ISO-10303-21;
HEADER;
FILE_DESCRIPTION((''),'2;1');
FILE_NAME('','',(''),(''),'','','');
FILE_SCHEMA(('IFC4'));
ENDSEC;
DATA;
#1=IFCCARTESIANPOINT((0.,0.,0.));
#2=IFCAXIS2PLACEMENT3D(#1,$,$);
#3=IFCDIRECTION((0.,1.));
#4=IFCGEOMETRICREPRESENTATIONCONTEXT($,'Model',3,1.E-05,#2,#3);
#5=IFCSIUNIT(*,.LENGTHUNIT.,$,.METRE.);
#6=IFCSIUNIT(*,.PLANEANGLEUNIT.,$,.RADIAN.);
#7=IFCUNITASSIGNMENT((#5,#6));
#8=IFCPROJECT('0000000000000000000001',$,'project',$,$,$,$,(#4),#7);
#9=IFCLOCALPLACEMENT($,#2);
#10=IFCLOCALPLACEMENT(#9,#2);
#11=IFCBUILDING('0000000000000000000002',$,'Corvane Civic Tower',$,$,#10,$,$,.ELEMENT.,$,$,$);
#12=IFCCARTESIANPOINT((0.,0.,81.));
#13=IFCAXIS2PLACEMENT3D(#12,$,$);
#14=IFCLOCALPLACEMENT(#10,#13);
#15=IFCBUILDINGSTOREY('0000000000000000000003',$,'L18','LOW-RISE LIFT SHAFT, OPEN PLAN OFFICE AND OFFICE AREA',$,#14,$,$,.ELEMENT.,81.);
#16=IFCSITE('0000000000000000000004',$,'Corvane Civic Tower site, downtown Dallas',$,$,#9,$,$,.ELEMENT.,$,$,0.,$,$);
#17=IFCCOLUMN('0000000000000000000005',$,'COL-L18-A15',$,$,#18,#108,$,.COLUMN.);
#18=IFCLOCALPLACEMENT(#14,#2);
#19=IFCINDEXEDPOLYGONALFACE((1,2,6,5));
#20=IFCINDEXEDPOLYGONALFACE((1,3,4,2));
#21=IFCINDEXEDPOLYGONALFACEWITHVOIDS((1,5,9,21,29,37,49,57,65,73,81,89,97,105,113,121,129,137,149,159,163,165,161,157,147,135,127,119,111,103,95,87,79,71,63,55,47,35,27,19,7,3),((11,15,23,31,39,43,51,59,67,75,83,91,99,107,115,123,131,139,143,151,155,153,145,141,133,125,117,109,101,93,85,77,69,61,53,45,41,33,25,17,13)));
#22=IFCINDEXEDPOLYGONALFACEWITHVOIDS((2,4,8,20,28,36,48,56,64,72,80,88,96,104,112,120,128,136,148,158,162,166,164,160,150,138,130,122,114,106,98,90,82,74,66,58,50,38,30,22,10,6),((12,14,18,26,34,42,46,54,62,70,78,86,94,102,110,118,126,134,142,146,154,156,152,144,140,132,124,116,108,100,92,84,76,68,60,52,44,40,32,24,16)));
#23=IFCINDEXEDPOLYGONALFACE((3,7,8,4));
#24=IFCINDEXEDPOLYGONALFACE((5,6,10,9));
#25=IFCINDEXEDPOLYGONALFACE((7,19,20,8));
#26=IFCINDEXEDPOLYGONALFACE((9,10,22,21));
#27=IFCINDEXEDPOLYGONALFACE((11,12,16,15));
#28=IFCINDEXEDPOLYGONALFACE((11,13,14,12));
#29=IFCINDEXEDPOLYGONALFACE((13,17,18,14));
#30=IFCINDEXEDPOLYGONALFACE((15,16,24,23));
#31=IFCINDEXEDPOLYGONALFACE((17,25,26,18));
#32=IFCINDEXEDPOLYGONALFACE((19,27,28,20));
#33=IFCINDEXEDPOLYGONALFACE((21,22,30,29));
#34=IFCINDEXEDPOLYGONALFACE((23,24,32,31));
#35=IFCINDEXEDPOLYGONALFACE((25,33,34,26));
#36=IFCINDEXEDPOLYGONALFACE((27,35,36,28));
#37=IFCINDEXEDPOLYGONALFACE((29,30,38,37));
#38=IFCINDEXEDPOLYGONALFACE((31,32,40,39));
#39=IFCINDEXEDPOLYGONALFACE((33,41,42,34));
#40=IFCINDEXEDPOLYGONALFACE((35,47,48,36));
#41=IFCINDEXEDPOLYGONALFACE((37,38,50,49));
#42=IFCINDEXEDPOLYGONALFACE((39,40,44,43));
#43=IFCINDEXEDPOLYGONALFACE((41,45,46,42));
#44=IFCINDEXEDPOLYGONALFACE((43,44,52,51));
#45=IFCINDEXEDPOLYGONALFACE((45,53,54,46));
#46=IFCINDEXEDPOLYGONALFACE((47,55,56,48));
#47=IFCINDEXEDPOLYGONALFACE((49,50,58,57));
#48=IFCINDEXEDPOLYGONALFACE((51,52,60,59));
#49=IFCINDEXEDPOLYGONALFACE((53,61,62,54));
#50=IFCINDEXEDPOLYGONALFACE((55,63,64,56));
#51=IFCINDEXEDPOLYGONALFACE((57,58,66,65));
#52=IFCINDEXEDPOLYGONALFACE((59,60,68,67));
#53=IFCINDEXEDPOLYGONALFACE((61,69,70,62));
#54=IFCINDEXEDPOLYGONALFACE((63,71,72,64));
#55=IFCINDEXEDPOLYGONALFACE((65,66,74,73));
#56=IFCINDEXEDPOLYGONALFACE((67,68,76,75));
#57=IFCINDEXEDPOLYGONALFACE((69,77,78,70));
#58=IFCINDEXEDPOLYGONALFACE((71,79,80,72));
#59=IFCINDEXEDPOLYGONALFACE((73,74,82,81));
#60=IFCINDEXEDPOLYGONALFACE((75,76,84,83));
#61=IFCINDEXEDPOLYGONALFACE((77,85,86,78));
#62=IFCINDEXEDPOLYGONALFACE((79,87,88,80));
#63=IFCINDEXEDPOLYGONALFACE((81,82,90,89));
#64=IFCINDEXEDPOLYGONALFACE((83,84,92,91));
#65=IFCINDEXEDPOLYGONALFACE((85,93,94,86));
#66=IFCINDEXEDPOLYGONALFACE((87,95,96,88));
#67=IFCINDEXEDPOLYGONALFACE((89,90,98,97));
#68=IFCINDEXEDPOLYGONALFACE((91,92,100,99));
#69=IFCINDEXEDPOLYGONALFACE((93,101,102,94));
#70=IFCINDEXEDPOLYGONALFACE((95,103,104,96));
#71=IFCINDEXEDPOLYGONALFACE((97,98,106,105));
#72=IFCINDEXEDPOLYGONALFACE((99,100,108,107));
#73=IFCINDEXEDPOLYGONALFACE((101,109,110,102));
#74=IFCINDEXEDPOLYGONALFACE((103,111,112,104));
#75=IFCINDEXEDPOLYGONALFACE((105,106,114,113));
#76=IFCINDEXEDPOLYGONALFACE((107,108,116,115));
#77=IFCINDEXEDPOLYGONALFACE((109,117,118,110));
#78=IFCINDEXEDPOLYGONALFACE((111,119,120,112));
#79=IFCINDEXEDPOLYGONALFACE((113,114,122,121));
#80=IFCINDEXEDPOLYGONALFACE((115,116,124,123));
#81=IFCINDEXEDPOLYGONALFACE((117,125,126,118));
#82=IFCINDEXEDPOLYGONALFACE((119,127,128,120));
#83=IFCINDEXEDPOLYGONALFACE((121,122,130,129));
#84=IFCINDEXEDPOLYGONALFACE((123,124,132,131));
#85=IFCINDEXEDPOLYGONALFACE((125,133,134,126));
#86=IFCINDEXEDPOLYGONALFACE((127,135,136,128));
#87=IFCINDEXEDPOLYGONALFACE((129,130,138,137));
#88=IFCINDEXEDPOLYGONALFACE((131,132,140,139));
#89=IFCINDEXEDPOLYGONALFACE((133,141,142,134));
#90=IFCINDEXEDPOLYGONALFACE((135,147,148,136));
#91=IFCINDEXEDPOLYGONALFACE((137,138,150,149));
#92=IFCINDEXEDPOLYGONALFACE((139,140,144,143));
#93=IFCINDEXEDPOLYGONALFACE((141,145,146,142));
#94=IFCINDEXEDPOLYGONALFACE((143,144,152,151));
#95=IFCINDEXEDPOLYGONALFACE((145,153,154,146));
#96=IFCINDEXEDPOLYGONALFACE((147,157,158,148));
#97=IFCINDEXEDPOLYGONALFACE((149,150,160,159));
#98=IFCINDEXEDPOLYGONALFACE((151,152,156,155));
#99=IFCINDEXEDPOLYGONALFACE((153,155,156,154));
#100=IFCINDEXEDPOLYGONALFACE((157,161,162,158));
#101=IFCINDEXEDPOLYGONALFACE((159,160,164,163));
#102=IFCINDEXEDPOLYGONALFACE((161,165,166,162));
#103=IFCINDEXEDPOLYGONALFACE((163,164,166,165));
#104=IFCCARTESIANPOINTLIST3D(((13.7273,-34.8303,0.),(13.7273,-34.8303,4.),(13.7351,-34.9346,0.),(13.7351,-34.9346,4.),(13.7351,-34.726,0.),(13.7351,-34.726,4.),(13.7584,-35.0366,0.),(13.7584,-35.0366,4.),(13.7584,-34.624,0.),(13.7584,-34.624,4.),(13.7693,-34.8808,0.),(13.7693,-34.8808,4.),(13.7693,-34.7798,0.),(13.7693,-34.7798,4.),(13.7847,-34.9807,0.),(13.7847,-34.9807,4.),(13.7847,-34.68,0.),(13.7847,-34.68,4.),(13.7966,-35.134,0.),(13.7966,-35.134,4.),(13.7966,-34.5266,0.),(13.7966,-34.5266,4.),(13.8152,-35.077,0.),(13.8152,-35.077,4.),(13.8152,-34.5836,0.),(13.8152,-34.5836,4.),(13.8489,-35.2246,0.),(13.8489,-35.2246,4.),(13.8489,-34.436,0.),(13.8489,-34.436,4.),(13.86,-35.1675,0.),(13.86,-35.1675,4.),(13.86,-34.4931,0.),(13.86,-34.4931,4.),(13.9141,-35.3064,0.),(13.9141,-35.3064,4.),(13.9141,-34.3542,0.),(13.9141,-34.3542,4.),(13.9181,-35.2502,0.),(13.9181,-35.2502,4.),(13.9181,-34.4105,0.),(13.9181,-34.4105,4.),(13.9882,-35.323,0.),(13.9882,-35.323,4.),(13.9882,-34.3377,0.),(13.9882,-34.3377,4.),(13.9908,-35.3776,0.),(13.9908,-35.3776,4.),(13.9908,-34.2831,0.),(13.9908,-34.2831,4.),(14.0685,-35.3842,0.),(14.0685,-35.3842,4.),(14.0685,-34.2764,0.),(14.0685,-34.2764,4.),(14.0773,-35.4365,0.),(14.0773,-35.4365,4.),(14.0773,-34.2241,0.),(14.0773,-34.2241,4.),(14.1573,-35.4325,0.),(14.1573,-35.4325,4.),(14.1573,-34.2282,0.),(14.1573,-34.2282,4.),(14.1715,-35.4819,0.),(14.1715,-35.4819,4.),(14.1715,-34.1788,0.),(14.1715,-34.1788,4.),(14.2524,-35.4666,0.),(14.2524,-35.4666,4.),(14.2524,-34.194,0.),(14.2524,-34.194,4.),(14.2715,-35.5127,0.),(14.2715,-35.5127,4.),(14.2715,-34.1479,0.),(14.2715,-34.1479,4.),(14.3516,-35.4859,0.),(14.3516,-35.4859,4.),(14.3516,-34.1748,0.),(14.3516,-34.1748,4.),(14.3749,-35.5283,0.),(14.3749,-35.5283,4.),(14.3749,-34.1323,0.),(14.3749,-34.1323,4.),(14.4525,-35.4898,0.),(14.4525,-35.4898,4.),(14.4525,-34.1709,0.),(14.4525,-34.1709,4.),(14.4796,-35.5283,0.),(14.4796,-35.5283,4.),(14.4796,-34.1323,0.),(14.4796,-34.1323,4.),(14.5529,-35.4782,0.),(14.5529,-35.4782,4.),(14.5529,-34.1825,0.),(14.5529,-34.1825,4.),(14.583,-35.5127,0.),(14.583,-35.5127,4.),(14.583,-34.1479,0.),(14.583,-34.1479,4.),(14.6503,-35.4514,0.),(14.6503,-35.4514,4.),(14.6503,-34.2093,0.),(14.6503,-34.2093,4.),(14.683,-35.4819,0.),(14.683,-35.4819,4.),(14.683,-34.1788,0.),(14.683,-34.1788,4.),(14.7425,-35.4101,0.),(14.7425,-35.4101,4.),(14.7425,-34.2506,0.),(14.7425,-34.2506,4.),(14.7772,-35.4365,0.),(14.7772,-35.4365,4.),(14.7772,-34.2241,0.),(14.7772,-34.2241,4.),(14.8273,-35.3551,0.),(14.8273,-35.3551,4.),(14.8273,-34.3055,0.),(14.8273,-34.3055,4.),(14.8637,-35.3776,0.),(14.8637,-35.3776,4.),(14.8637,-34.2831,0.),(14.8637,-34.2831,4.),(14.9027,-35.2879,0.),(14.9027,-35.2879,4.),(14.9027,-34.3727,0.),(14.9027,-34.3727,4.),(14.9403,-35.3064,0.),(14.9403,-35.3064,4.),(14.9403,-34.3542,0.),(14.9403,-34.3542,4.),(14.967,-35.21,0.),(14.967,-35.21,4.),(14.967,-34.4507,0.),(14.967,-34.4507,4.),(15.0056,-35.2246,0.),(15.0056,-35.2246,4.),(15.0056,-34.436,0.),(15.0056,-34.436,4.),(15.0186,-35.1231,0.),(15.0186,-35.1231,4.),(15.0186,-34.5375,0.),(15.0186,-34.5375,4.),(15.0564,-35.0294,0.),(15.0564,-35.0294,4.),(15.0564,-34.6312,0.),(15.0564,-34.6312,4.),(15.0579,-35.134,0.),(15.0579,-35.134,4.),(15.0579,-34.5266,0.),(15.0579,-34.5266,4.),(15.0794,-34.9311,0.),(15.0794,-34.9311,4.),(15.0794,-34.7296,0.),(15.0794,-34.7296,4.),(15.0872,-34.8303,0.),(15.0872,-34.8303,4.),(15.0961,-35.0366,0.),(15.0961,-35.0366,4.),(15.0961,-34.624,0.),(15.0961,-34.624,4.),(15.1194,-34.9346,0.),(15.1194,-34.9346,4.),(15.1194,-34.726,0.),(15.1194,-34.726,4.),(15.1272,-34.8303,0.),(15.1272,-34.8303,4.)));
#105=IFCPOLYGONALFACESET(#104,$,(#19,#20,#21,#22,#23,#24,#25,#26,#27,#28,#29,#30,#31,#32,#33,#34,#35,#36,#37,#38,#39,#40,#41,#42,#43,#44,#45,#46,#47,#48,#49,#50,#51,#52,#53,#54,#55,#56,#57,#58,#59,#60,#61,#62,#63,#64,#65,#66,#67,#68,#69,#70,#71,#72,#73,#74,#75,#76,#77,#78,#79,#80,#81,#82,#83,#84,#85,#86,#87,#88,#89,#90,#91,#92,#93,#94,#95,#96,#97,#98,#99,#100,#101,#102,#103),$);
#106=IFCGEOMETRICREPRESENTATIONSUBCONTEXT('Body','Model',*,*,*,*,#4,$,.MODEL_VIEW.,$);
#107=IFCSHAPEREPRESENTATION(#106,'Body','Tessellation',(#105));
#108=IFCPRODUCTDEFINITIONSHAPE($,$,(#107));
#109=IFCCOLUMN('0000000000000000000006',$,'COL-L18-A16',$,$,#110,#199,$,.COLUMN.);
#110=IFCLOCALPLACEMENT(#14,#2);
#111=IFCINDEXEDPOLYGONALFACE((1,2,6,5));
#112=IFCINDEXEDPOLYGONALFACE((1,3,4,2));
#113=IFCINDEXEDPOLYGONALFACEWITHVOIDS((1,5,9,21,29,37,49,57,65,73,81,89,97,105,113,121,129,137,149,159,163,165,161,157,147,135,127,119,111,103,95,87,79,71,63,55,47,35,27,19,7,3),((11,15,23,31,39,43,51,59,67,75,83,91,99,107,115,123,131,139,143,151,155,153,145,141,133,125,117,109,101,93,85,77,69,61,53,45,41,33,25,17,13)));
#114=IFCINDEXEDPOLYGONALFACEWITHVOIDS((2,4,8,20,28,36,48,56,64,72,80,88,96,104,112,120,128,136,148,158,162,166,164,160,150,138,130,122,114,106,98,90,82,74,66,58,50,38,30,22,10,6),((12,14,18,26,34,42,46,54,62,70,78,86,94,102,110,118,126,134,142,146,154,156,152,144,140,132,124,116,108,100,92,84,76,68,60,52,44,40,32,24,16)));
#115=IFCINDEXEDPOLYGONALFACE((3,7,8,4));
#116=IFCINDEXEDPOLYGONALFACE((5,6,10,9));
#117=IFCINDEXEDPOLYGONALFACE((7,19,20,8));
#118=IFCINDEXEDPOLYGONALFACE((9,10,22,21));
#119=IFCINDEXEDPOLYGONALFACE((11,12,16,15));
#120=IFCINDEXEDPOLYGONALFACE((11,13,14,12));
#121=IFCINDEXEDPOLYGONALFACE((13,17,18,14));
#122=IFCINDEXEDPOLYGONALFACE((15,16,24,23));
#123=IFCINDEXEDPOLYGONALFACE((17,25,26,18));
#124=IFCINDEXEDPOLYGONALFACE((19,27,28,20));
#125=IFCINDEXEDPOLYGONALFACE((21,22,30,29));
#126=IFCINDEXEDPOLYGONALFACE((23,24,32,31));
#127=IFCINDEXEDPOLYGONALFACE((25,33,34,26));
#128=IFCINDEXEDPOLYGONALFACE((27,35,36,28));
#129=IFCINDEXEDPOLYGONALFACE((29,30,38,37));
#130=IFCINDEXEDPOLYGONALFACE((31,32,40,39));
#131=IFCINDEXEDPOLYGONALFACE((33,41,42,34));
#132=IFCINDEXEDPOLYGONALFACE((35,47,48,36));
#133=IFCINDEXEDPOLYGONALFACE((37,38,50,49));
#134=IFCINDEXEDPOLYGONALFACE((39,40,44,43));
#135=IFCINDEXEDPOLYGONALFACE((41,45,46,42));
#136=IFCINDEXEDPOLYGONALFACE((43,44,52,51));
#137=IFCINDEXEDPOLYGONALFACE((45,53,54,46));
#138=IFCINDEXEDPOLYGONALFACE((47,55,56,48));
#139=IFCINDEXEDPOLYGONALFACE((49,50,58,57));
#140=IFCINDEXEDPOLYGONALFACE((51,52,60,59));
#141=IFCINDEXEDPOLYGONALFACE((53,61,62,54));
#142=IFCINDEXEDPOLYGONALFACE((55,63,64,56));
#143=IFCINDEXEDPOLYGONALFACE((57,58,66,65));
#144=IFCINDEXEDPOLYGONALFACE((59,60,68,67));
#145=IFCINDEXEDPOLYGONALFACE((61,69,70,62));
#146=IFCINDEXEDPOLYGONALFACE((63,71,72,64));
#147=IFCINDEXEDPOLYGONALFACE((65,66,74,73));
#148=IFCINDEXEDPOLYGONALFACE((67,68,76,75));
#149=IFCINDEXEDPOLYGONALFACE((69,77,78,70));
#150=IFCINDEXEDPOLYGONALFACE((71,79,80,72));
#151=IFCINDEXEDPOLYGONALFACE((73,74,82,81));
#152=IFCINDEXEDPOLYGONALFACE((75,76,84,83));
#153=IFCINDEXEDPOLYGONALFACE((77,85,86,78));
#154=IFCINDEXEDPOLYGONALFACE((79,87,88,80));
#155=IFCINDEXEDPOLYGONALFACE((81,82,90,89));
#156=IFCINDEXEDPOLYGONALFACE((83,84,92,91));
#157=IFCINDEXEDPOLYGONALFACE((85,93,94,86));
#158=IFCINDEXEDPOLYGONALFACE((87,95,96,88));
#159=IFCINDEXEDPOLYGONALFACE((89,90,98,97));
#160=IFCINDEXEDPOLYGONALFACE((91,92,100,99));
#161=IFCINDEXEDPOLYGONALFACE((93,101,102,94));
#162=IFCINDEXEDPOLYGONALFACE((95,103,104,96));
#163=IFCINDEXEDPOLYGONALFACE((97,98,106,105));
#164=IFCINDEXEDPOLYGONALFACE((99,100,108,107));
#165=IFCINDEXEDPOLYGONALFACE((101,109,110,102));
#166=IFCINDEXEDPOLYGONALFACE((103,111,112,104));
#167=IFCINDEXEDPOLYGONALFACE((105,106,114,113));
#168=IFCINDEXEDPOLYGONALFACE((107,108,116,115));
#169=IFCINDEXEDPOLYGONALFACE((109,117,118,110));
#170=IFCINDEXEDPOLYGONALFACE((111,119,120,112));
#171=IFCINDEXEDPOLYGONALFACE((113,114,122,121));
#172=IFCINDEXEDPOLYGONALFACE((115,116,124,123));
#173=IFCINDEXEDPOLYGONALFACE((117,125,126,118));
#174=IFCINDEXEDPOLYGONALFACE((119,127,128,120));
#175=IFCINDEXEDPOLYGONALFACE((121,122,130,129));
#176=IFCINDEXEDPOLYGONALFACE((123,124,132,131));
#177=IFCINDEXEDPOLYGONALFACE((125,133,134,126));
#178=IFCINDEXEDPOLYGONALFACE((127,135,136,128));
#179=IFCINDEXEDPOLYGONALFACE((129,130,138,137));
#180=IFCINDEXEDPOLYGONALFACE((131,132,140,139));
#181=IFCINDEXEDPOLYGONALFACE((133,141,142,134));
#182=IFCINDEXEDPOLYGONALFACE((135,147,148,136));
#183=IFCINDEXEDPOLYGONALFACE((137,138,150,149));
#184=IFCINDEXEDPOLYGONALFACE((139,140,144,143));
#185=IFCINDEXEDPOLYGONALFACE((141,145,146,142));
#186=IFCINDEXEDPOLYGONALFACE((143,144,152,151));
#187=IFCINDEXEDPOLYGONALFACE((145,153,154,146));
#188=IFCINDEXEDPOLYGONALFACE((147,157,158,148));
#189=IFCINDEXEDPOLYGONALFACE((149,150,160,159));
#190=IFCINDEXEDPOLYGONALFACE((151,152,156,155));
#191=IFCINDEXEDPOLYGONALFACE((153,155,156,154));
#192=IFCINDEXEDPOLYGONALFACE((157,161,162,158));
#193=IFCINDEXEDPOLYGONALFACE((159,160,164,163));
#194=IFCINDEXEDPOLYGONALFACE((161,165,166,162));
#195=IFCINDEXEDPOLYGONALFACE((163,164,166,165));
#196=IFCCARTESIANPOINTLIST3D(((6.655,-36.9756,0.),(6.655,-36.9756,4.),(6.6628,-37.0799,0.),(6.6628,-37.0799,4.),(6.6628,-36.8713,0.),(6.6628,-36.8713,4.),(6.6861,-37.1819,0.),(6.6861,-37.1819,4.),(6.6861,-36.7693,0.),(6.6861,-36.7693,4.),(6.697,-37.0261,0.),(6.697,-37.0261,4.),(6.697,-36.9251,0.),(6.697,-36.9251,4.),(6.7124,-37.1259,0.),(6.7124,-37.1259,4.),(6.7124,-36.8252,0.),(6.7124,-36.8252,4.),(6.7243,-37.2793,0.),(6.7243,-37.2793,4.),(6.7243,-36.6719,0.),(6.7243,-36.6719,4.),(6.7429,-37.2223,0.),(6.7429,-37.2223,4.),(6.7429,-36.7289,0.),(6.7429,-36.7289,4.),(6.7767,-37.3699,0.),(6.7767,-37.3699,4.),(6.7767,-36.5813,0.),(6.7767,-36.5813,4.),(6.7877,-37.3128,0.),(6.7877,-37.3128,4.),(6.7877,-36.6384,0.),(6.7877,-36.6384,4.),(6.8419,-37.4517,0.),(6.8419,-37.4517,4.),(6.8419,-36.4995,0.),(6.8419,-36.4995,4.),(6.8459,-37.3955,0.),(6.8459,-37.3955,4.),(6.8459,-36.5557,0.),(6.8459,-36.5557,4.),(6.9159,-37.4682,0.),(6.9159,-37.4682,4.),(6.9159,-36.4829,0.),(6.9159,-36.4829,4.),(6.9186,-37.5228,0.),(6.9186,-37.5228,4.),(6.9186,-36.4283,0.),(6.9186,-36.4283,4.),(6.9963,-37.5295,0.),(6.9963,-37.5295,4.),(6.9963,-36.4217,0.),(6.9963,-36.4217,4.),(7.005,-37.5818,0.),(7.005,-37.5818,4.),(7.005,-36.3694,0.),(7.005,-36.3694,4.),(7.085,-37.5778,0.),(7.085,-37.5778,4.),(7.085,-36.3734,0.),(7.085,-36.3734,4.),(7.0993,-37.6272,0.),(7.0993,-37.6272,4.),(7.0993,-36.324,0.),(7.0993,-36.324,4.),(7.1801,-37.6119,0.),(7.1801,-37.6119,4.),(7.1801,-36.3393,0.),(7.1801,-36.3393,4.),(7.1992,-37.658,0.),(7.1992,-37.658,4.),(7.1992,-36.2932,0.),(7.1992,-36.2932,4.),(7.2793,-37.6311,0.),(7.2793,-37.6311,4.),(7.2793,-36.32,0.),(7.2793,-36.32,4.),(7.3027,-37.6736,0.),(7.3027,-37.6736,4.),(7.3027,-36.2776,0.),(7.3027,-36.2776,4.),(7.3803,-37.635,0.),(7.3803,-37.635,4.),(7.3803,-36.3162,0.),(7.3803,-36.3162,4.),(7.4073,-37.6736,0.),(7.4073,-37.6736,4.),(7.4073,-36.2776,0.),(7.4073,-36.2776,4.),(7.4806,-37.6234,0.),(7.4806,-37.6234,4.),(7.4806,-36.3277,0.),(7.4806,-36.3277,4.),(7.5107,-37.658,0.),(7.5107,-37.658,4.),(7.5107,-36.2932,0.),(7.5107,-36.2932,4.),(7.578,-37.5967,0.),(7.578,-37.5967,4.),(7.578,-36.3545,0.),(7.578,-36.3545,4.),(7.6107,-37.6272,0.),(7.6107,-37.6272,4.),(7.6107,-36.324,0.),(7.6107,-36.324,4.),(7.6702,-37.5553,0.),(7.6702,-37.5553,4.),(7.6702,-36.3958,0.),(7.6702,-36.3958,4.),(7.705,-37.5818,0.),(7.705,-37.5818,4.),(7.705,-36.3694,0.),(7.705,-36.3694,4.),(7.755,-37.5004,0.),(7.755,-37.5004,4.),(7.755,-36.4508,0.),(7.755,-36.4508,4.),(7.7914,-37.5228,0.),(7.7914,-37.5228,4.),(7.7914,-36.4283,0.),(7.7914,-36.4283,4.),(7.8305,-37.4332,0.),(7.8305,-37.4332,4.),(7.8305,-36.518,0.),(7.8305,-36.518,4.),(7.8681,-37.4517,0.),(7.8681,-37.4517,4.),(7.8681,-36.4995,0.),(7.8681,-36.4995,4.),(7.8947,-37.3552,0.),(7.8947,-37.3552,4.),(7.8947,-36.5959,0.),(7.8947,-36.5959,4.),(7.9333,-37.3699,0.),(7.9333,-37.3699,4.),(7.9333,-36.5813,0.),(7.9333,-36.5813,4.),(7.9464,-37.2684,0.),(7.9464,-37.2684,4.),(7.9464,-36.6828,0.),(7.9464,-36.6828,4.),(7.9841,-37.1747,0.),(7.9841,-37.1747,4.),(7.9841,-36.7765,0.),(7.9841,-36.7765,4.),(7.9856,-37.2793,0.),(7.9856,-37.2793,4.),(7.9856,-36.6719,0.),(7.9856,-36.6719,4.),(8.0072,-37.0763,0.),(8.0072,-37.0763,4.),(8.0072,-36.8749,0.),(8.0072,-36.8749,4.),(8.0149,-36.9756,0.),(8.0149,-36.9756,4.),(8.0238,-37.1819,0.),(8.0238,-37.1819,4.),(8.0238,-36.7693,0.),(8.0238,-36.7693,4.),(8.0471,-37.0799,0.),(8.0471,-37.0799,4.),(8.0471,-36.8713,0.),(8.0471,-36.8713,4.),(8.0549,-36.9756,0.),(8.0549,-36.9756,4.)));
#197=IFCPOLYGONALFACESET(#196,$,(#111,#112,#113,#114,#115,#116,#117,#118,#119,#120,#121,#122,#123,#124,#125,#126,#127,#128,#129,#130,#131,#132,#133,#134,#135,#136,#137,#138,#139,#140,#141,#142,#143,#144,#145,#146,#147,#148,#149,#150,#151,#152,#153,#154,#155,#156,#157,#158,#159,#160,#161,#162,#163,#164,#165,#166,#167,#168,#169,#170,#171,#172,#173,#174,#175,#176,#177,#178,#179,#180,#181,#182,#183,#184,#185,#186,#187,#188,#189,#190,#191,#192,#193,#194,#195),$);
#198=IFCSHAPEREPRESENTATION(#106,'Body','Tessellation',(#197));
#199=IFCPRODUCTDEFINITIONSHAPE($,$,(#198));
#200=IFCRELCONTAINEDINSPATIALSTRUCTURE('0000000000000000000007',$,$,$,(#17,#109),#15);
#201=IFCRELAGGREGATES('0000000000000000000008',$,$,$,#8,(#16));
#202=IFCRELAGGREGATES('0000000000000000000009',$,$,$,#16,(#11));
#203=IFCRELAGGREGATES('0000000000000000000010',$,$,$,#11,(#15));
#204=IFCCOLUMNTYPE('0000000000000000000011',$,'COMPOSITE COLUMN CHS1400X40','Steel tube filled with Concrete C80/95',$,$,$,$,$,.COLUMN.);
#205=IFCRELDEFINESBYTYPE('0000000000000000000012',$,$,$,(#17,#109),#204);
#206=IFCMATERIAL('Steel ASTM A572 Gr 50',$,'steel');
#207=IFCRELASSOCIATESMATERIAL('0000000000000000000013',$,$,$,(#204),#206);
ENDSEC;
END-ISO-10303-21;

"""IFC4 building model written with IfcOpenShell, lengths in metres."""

from ifc_helpers import new_model, si_unit, direction, frame, origin, origin_2d, place, context, subcontext, project, spatial, hollow_circle, extrude, material, material_profile, profile_set, type_object, element, save


model = new_model("IFC4")

# Units and contexts
model_context = context("Model", 3, precision=1e-05, world=origin(), true_north=direction((0.0, 1.0)))
body_context = subcontext(model_context, "Body", "Model", "MODEL_VIEW")
ifc_project = project(units=[si_unit("LENGTHUNIT", "METRE"), si_unit("PLANEANGLEUNIT", "RADIAN")], contexts=[model_context])

# Site, building, storey
site_placement = place(None, origin())
site = spatial("IfcSite", under=ifc_project, at=site_placement, Name="Corvane Civic Tower site, downtown Dallas", CompositionType="ELEMENT", RefElevation=0.0)
building_placement = place(site_placement, origin())
building = spatial("IfcBuilding", under=site, at=building_placement, Name="Corvane Civic Tower", CompositionType="ELEMENT")
storey_placement = place(building_placement, frame((0.0, 0.0, 81.0)))
storey = spatial("IfcBuildingStorey", under=building, at=storey_placement, Name="L18", Description="LOW-RISE LIFT SHAFT, OPEN PLAN OFFICE AND OFFICE AREA", CompositionType="ELEMENT", Elevation=81.0)

# Columns
ifc_material_1 = material(Name="Steel ASTM A572 Gr 50", Category="steel")
ifc_material_profile_1 = material_profile(ifc_material_1, hollow_circle(Radius=0.7, WallThickness=0.04, at=origin_2d()), Name="CHS1400X40")
ifc_profile_set_1 = profile_set([ifc_material_profile_1], Name="Steel ASTM A572 Gr 50")
column_type = type_object("IfcColumnType", Name="COMPOSITE COLUMN CHS1400X40", Description="Steel tube filled with Concrete C80/95", PredefinedType="COLUMN", material=ifc_profile_set_1)
for number, where, z_axis, x_axis, name in (
    (1, (14.4272, -34.8303, 0.0), (0.0, 0.0, 1.0), (1.0, 0.0, 0.0), "COL-L18-A15"),
    (2, (7.355, -36.9756, 0.0), (0.0, 0.0, 1.0), (1.0, 0.0, 0.0), "COL-L18-A16"),
):
    element("IfcColumn", number, at=place(storey_placement, frame(where, z_axis=z_axis, x_axis=x_axis)), inside=storey, type_object=column_type, Name=name, PredefinedType="COLUMN", context=body_context, shape_type="SweptSolid", body=[
        extrude(hollow_circle(Radius=0.7, WallThickness=0.04, at=origin_2d()), origin(), (0.0, 0.0, 1.0), 4.0),
    ])

save(model, "model.ifc")
